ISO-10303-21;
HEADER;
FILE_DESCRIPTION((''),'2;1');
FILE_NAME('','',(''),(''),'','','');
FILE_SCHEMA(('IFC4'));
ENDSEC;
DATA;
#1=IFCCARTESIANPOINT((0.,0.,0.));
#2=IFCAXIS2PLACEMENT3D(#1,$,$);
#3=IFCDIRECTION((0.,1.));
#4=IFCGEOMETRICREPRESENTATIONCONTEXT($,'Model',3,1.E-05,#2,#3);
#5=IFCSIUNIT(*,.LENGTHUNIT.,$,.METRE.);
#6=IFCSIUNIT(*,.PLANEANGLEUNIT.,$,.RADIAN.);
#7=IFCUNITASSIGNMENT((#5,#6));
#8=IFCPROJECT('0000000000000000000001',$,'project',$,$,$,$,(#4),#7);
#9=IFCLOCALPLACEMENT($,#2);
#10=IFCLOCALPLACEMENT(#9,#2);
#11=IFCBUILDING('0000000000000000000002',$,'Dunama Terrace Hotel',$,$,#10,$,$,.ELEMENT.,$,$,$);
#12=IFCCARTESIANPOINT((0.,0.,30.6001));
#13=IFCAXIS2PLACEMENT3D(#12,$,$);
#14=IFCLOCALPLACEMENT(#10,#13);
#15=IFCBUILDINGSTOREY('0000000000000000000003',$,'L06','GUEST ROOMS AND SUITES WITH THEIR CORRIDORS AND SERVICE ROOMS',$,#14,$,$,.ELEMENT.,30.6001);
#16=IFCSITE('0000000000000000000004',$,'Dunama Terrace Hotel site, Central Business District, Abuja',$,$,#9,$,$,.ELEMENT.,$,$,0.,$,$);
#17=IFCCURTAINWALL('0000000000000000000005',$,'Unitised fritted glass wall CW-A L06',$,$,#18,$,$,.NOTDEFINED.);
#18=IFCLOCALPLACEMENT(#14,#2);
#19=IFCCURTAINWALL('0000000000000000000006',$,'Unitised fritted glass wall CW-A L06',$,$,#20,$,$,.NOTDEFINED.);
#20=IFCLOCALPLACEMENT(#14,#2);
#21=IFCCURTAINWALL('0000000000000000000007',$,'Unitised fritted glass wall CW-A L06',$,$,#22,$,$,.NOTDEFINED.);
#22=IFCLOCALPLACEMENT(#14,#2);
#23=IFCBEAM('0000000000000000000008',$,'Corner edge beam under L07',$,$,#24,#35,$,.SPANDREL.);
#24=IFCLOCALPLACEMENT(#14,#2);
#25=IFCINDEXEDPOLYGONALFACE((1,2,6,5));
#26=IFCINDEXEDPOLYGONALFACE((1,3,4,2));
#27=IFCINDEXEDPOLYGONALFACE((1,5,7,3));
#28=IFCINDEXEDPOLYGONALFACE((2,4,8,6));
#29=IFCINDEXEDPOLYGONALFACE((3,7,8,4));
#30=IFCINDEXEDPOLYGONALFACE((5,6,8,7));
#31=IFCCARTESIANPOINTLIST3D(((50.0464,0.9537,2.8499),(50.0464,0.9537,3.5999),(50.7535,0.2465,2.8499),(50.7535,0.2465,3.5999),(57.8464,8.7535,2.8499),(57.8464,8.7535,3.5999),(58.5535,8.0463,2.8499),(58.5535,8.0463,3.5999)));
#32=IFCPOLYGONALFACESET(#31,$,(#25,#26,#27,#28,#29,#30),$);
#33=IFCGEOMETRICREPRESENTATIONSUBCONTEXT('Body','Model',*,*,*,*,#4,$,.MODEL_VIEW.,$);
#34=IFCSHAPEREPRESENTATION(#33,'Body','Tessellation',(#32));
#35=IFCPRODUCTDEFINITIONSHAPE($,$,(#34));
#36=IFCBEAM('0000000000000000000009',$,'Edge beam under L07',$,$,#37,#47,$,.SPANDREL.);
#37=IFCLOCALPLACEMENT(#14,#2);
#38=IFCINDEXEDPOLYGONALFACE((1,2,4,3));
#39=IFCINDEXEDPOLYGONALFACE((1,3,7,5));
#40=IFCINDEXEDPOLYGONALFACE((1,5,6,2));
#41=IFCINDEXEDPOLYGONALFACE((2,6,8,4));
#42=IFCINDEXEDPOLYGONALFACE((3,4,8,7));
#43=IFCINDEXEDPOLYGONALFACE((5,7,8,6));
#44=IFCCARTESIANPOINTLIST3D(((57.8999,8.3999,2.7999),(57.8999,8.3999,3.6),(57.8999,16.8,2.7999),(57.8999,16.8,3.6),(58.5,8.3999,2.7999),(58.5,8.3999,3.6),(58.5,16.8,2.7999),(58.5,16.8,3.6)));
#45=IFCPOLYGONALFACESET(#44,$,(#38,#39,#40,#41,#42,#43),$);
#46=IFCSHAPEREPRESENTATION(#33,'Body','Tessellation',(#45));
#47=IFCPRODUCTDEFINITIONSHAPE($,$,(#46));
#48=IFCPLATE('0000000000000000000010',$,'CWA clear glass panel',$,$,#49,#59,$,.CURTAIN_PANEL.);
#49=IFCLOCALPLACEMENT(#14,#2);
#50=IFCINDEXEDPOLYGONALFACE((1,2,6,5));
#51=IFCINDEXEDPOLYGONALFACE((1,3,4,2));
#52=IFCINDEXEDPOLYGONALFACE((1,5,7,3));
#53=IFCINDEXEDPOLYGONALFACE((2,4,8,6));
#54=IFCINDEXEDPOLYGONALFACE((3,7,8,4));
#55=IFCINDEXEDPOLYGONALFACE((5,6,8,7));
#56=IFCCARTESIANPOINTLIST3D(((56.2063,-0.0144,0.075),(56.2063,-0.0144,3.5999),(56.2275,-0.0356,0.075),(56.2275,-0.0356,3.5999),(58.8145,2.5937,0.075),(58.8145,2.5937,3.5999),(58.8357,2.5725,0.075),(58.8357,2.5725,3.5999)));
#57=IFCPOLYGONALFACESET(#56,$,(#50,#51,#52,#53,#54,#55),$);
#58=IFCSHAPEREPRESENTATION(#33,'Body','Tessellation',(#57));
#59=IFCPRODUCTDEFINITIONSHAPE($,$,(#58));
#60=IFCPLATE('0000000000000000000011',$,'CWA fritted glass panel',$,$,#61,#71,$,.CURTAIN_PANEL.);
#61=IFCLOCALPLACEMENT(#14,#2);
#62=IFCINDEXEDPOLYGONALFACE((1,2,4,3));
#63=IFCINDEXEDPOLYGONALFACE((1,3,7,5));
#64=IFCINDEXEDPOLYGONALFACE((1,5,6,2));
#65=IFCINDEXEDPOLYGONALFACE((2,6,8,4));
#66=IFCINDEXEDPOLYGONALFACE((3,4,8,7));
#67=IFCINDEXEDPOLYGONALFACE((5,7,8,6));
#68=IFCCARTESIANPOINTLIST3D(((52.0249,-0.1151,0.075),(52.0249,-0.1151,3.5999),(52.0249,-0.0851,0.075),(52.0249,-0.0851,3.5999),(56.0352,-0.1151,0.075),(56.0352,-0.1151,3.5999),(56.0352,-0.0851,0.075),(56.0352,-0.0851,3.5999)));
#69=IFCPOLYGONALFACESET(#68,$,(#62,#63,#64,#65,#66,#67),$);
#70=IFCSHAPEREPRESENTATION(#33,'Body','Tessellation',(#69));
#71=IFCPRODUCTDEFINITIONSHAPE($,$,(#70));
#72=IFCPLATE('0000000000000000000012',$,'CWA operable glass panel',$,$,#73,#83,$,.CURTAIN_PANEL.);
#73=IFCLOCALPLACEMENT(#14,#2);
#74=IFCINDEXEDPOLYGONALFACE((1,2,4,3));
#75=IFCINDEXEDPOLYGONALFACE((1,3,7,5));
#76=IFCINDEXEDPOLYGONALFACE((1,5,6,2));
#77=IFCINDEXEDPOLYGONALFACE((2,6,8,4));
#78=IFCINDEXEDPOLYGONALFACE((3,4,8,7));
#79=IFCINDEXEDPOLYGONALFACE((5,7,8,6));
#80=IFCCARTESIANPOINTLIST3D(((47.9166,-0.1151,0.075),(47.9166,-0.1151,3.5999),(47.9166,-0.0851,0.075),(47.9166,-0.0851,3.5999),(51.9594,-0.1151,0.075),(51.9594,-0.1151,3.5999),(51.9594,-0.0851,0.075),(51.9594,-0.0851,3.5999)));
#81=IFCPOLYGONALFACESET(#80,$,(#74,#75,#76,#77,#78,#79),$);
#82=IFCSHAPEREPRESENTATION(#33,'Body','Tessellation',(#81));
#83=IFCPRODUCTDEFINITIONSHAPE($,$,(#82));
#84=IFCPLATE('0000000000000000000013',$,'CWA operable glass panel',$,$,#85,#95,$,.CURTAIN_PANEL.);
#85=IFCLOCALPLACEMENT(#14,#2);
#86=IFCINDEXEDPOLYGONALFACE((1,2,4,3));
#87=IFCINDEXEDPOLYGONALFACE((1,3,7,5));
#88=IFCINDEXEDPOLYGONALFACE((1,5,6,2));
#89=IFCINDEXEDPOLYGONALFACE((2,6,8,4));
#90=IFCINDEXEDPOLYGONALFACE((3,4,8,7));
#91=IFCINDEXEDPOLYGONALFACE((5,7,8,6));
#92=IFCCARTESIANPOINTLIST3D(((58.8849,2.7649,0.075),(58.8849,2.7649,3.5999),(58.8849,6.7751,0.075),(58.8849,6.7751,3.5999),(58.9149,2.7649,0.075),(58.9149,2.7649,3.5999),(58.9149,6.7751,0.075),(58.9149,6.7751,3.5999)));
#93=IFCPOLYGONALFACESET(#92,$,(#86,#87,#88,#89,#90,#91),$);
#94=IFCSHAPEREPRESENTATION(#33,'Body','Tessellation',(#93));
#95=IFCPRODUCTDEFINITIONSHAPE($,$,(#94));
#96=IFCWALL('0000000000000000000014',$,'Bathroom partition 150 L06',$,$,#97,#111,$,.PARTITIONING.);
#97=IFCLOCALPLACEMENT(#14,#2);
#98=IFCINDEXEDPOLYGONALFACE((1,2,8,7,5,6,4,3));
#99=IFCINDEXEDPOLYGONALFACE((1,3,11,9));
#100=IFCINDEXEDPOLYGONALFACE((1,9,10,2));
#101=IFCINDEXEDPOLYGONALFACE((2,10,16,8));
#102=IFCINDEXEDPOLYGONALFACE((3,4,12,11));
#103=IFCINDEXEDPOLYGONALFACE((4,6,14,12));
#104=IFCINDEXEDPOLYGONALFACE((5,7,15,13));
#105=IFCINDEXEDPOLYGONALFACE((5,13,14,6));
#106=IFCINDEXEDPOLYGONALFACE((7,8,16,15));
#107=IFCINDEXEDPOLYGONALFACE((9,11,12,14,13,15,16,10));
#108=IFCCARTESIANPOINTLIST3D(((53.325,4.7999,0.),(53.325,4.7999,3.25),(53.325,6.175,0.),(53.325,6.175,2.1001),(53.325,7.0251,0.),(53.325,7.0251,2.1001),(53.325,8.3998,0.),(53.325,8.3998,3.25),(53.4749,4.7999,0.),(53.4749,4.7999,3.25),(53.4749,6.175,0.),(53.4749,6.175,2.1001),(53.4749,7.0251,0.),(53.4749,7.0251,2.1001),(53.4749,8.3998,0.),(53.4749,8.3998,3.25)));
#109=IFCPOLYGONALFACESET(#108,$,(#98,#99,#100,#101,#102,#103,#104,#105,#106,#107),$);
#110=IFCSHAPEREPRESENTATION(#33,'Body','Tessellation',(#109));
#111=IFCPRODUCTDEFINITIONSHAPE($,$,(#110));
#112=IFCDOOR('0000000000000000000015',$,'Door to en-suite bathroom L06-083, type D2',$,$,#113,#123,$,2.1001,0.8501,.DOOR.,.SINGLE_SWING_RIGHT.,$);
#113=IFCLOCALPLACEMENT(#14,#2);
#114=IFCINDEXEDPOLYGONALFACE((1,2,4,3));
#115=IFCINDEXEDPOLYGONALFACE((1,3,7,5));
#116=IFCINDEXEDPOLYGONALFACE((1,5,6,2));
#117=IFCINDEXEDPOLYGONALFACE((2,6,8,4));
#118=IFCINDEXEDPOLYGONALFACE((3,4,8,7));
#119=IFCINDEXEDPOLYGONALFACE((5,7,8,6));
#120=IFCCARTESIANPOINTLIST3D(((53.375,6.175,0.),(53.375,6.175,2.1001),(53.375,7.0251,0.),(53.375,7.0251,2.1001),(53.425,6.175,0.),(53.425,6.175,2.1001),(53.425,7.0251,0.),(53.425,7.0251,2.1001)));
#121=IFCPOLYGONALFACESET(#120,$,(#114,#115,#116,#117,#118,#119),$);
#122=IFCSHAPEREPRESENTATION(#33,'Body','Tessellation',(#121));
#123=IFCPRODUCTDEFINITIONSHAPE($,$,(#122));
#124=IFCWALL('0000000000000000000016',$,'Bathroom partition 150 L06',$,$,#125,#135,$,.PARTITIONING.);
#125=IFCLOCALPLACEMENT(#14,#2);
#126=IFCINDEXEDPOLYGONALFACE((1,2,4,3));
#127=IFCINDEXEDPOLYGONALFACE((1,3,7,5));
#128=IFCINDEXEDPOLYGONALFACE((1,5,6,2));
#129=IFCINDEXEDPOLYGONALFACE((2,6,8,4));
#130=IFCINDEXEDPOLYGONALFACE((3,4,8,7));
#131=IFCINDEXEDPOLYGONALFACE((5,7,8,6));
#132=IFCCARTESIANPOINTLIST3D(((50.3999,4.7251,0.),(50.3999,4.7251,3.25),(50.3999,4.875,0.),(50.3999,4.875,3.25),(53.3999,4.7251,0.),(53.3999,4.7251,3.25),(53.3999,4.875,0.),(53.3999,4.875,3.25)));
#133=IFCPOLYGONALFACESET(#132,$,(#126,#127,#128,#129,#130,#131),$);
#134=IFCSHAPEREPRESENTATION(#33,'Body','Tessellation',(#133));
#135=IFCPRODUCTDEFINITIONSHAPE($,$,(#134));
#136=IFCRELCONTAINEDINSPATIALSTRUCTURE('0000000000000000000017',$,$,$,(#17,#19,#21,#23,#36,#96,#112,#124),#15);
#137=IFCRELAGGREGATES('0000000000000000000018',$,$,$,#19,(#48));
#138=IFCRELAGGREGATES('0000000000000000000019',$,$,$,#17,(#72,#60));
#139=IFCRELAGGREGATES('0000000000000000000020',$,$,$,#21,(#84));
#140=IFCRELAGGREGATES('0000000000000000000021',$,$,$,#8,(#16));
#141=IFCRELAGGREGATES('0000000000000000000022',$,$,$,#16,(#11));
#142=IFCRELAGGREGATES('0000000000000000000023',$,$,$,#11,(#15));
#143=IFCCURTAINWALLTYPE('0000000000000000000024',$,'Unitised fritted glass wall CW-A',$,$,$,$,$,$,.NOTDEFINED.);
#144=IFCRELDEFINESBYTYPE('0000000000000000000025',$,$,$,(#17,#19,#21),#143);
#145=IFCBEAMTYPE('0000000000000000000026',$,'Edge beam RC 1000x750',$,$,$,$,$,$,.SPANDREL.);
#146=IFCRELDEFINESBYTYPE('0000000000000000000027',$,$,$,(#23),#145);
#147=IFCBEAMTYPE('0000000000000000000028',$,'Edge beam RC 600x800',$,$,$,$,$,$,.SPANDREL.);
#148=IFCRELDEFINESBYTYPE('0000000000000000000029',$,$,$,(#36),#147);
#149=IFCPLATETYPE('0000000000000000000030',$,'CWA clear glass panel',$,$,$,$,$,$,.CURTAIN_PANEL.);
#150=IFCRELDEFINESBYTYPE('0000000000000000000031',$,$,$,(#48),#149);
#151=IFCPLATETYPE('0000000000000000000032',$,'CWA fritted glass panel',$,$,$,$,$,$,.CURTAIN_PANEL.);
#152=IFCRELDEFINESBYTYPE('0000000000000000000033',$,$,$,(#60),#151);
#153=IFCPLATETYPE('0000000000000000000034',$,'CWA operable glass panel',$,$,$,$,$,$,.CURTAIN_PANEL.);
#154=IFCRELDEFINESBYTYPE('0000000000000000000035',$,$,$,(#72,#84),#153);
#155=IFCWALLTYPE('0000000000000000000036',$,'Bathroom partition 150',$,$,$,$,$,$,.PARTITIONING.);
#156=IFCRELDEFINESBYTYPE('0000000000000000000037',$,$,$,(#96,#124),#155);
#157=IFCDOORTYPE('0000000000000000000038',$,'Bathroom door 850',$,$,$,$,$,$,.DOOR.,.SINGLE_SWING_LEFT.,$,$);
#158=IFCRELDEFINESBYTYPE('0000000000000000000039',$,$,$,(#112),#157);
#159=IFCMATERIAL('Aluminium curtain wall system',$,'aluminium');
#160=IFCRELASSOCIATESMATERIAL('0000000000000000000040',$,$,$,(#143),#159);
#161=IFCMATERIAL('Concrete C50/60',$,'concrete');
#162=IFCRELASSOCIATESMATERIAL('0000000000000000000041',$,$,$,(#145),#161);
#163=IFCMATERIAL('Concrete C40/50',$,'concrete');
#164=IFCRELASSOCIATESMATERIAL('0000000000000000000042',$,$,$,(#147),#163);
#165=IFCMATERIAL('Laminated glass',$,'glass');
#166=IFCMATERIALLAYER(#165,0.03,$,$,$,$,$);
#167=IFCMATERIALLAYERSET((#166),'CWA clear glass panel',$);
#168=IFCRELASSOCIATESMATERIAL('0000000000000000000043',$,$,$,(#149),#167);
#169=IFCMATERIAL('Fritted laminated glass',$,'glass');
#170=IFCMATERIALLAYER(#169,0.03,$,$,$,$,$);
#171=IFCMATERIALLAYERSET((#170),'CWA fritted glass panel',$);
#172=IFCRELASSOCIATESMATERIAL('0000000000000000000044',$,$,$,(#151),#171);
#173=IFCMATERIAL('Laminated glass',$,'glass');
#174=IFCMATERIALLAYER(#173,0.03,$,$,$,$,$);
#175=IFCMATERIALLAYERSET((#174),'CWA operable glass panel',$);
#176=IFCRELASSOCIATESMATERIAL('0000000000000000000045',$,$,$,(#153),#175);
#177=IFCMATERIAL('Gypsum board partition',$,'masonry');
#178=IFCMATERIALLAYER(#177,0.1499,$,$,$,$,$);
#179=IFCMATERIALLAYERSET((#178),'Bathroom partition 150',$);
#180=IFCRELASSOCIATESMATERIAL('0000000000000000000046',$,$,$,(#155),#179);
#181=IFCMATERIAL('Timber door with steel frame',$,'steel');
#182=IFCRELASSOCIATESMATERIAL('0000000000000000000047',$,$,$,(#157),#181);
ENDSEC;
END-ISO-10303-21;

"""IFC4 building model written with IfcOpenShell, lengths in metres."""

from ifc_helpers import new_model, si_unit, direction, frame, frame_2d, origin, origin_2d, place, context, subcontext, project, spatial, rectangle, extrude, material, layer, layer_set, material_profile, profile_set, type_object, element, fill, aggregate, save


model = new_model("IFC4")

# Units and contexts
model_context = context("Model", 3, precision=1e-05, world=origin(), true_north=direction((0.0, 1.0)))
body_context = subcontext(model_context, "Body", "Model", "MODEL_VIEW")
ifc_project = project(units=[si_unit("LENGTHUNIT", "METRE"), si_unit("PLANEANGLEUNIT", "RADIAN")], contexts=[model_context])

# Site, building, storey
site_placement = place(None, origin())
site = spatial("IfcSite", under=ifc_project, at=site_placement, Name="Dunama Terrace Hotel site, Central Business District, Abuja", CompositionType="ELEMENT", RefElevation=0.0)
building_placement = place(site_placement, origin())
building = spatial("IfcBuilding", under=site, at=building_placement, Name="Dunama Terrace Hotel", CompositionType="ELEMENT")
storey_placement = place(building_placement, frame((0.0, 0.0, 30.6001)))
storey = spatial("IfcBuildingStorey", under=building, at=storey_placement, Name="L06", Description="GUEST ROOMS AND SUITES WITH THEIR CORRIDORS AND SERVICE ROOMS", CompositionType="ELEMENT", Elevation=30.6001)

# Curtain walls
ifc_material_1 = material(Name="Aluminium curtain wall system", Category="aluminium")
curtain_wall_type = type_object("IfcCurtainWallType", Name="Unitised fritted glass wall CW-A", PredefinedType="NOTDEFINED", material=ifc_material_1)
curtain_wall_1_placement = place(storey_placement, origin())
curtain_wall_1 = element("IfcCurtainWall", 1, at=curtain_wall_1_placement, inside=storey, type_object=curtain_wall_type, Name="Unitised fritted glass wall CW-A L06", PredefinedType="NOTDEFINED")
curtain_wall_2_placement = place(storey_placement, origin())
curtain_wall_2 = element("IfcCurtainWall", 2, at=curtain_wall_2_placement, inside=storey, type_object=curtain_wall_type, Name="Unitised fritted glass wall CW-A L06", PredefinedType="NOTDEFINED")
curtain_wall_3_placement = place(storey_placement, origin())
curtain_wall_3 = element("IfcCurtainWall", 3, at=curtain_wall_3_placement, inside=storey, type_object=curtain_wall_type, Name="Unitised fritted glass wall CW-A L06", PredefinedType="NOTDEFINED")

# Beams
ifc_material_2 = material(Name="Concrete C50/60", Category="concrete")
ifc_material_profile_1 = material_profile(ifc_material_2, rectangle(XDim=1.0, YDim=0.75, at=origin_2d()), Name="RC 1000x750")
ifc_profile_set_1 = profile_set([ifc_material_profile_1], Name="Concrete C50/60")
beam_type_1 = type_object("IfcBeamType", Name="Edge beam RC 1000x750", PredefinedType="SPANDREL", material=ifc_profile_set_1)
beam_1_placement = place(storey_placement, frame((50.3999, 0.6001, 3.2249), z_axis=(0.707118, 0.707096, 0.0), x_axis=(-0.707096, 0.707118, 0.0)))
element("IfcBeam", 4, at=beam_1_placement, inside=storey, type_object=beam_type_1, Name="Corner edge beam under L07", PredefinedType="SPANDREL", context=body_context, shape_type="SweptSolid", body=[
    extrude(rectangle(XDim=1.0, YDim=0.75, at=origin_2d()), origin(), (0.0, 0.0, 1.0), 11.0308),
])
ifc_material_3 = material(Name="Concrete C40/50", Category="concrete")
ifc_material_profile_2 = material_profile(ifc_material_3, rectangle(XDim=0.6001, YDim=0.8, at=origin_2d()), Name="RC 600x800")
ifc_profile_set_2 = profile_set([ifc_material_profile_2], Name="Concrete C40/50")
beam_type_2 = type_object("IfcBeamType", Name="Edge beam RC 600x800", PredefinedType="SPANDREL", material=ifc_profile_set_2)
beam_2_placement = place(storey_placement, frame((58.2, 8.3999, 3.2), z_axis=(0.0, 1.0, 0.0), x_axis=(-1.0, 0.0, 0.0)))
element("IfcBeam", 5, at=beam_2_placement, inside=storey, type_object=beam_type_2, Name="Edge beam under L07", PredefinedType="SPANDREL", context=body_context, shape_type="SweptSolid", body=[
    extrude(rectangle(XDim=0.6001, YDim=0.8, at=origin_2d()), origin(), (0.0, 0.0, 1.0), 8.4001),
])

# Plates
ifc_material_4 = material(Name="Laminated glass", Category="glass")
ifc_layer_1 = layer(ifc_material_4, 0.03)
ifc_layer_set_1 = layer_set([ifc_layer_1], Name="CWA clear glass panel")
plate_type_1 = type_object("IfcPlateType", Name="CWA clear glass panel", PredefinedType="CURTAIN_PANEL", material=ifc_layer_set_1)
plate_1_placement = place(storey_placement, frame((57.521, 1.2791, 0.075), z_axis=(0.0, 0.0, 1.0), x_axis=(0.707107, 0.707107, 0.0)))
plate_1 = element("IfcPlate", 6, at=plate_1_placement, type_object=plate_type_1, Name="CWA clear glass panel", PredefinedType="CURTAIN_PANEL", context=body_context, shape_type="SweptSolid", body=[
    extrude(rectangle(XDim=3.6885, YDim=0.03, at=origin_2d()), origin(), (0.0, 0.0, 1.0), 3.5249),
])
aggregate(curtain_wall_2, [plate_1])
ifc_material_5 = material(Name="Fritted laminated glass", Category="glass")
ifc_layer_2 = layer(ifc_material_5, 0.03)
ifc_layer_set_2 = layer_set([ifc_layer_2], Name="CWA fritted glass panel")
plate_type_2 = type_object("IfcPlateType", Name="CWA fritted glass panel", PredefinedType="CURTAIN_PANEL", material=ifc_layer_set_2)
plate_2_placement = place(storey_placement, frame((54.03, -0.1001, 0.075), z_axis=(0.0, 0.0, 1.0), x_axis=(1.0, 0.0, 0.0)))
plate_2 = element("IfcPlate", 7, at=plate_2_placement, type_object=plate_type_2, Name="CWA fritted glass panel", PredefinedType="CURTAIN_PANEL", context=body_context, shape_type="SweptSolid", body=[
    extrude(rectangle(XDim=4.0103, YDim=0.03, at=origin_2d()), origin(), (0.0, 0.0, 1.0), 3.5249),
])
ifc_material_6 = material(Name="Laminated glass", Category="glass")
ifc_layer_3 = layer(ifc_material_6, 0.03)
ifc_layer_set_3 = layer_set([ifc_layer_3], Name="CWA operable glass panel")
plate_type_3 = type_object("IfcPlateType", Name="CWA operable glass panel", PredefinedType="CURTAIN_PANEL", material=ifc_layer_set_3)
plate_3_placement = place(storey_placement, frame((49.938, -0.1001, 0.075), z_axis=(0.0, 0.0, 1.0), x_axis=(1.0, 0.0, 0.0)))
plate_3 = element("IfcPlate", 8, at=plate_3_placement, type_object=plate_type_3, Name="CWA operable glass panel", PredefinedType="CURTAIN_PANEL", context=body_context, shape_type="SweptSolid", body=[
    extrude(rectangle(XDim=4.0427, YDim=0.03, at=origin_2d()), origin(), (0.0, 0.0, 1.0), 3.5249),
])
aggregate(curtain_wall_1, [plate_3, plate_2])
plate_4_placement = place(storey_placement, frame((58.8999, 4.77, 0.075), z_axis=(0.0, 0.0, 1.0), x_axis=(0.0, 1.0, 0.0)))
plate_4 = element("IfcPlate", 9, at=plate_4_placement, type_object=plate_type_3, Name="CWA operable glass panel", PredefinedType="CURTAIN_PANEL", context=body_context, shape_type="SweptSolid", body=[
    extrude(rectangle(XDim=4.0103, YDim=0.03, at=origin_2d()), origin(), (0.0, 0.0, 1.0), 3.5249),
])
aggregate(curtain_wall_3, [plate_4])

# Wall, opening, door
ifc_material_7 = material(Name="Gypsum board partition", Category="masonry")
ifc_layer_4 = layer(ifc_material_7, 0.1499)
ifc_layer_set_4 = layer_set([ifc_layer_4], Name="Bathroom partition 150")
wall_type_1 = type_object("IfcWallType", Name="Bathroom partition 150", PredefinedType="PARTITIONING", material=ifc_layer_set_4)
wall_1_placement = place(storey_placement, frame((53.3999, 4.8, 0.0), z_axis=(0.0, 0.0, 1.0), x_axis=(0.0, 1.0, 0.0)))
wall_1 = element("IfcWall", 10, at=wall_1_placement, inside=storey, type_object=wall_type_1, Name="Bathroom partition 150 L06", PredefinedType="PARTITIONING", context=body_context, shape_type="SweptSolid", body=[
    extrude(rectangle(XDim=3.5999, YDim=0.1499, at=frame_2d((1.7998, 0.0))), origin(), (0.0, 0.0, 1.0), 3.25),
])
opening_1_placement = place(wall_1_placement, frame((1.375, 0.0, 0.0)))
opening_1 = element("IfcOpeningElement", 11, at=opening_1_placement, cuts=wall_1, PredefinedType="OPENING", context=body_context, shape_type="SweptSolid", body=[
    extrude(rectangle(XDim=0.8501, YDim=2.1001, at=frame_2d((0.425, 1.05))), frame((0.0, 0.085, 0.0), z_axis=(0.0, -1.0, 0.0), x_axis=(1.0, 0.0, 0.0)), (0.0, 0.0, 1.0), 0.1699),
])
ifc_material_8 = material(Name="Timber door with steel frame", Category="steel")
door_type_1 = type_object("IfcDoorType", Name="Bathroom door 850", OperationType="SINGLE_SWING_LEFT", PredefinedType="DOOR", material=ifc_material_8)
door_1_placement = place(opening_1_placement, origin())
door_1 = element("IfcDoor", 12, at=door_1_placement, inside=storey, type_object=door_type_1, Name="Door to en-suite bathroom L06-083, type D2", OperationType="SINGLE_SWING_RIGHT", OverallHeight=2.1001, OverallWidth=0.8501, PredefinedType="DOOR", context=body_context, shape_type="SweptSolid", body=[
    extrude(rectangle(XDim=0.8501, YDim=2.1001, at=frame_2d((0.425, 1.05))), frame((0.0, 0.0249, 0.0), z_axis=(0.0, -1.0, 0.0), x_axis=(1.0, 0.0, 0.0)), (0.0, 0.0, 1.0), 0.05),
])
fill(opening_1, door_1)

# Wall
wall_2_placement = place(storey_placement, frame((50.3999, 4.8, 0.0), z_axis=(0.0, 0.0, 1.0), x_axis=(1.0, 0.0, 0.0)))
element("IfcWall", 13, at=wall_2_placement, inside=storey, type_object=wall_type_1, Name="Bathroom partition 150 L06", PredefinedType="PARTITIONING", context=body_context, shape_type="SweptSolid", body=[
    extrude(rectangle(XDim=3.0, YDim=0.1499, at=frame_2d((1.5, 0.0))), origin(), (0.0, 0.0, 1.0), 3.25),
])

save(model, "model.ifc")
